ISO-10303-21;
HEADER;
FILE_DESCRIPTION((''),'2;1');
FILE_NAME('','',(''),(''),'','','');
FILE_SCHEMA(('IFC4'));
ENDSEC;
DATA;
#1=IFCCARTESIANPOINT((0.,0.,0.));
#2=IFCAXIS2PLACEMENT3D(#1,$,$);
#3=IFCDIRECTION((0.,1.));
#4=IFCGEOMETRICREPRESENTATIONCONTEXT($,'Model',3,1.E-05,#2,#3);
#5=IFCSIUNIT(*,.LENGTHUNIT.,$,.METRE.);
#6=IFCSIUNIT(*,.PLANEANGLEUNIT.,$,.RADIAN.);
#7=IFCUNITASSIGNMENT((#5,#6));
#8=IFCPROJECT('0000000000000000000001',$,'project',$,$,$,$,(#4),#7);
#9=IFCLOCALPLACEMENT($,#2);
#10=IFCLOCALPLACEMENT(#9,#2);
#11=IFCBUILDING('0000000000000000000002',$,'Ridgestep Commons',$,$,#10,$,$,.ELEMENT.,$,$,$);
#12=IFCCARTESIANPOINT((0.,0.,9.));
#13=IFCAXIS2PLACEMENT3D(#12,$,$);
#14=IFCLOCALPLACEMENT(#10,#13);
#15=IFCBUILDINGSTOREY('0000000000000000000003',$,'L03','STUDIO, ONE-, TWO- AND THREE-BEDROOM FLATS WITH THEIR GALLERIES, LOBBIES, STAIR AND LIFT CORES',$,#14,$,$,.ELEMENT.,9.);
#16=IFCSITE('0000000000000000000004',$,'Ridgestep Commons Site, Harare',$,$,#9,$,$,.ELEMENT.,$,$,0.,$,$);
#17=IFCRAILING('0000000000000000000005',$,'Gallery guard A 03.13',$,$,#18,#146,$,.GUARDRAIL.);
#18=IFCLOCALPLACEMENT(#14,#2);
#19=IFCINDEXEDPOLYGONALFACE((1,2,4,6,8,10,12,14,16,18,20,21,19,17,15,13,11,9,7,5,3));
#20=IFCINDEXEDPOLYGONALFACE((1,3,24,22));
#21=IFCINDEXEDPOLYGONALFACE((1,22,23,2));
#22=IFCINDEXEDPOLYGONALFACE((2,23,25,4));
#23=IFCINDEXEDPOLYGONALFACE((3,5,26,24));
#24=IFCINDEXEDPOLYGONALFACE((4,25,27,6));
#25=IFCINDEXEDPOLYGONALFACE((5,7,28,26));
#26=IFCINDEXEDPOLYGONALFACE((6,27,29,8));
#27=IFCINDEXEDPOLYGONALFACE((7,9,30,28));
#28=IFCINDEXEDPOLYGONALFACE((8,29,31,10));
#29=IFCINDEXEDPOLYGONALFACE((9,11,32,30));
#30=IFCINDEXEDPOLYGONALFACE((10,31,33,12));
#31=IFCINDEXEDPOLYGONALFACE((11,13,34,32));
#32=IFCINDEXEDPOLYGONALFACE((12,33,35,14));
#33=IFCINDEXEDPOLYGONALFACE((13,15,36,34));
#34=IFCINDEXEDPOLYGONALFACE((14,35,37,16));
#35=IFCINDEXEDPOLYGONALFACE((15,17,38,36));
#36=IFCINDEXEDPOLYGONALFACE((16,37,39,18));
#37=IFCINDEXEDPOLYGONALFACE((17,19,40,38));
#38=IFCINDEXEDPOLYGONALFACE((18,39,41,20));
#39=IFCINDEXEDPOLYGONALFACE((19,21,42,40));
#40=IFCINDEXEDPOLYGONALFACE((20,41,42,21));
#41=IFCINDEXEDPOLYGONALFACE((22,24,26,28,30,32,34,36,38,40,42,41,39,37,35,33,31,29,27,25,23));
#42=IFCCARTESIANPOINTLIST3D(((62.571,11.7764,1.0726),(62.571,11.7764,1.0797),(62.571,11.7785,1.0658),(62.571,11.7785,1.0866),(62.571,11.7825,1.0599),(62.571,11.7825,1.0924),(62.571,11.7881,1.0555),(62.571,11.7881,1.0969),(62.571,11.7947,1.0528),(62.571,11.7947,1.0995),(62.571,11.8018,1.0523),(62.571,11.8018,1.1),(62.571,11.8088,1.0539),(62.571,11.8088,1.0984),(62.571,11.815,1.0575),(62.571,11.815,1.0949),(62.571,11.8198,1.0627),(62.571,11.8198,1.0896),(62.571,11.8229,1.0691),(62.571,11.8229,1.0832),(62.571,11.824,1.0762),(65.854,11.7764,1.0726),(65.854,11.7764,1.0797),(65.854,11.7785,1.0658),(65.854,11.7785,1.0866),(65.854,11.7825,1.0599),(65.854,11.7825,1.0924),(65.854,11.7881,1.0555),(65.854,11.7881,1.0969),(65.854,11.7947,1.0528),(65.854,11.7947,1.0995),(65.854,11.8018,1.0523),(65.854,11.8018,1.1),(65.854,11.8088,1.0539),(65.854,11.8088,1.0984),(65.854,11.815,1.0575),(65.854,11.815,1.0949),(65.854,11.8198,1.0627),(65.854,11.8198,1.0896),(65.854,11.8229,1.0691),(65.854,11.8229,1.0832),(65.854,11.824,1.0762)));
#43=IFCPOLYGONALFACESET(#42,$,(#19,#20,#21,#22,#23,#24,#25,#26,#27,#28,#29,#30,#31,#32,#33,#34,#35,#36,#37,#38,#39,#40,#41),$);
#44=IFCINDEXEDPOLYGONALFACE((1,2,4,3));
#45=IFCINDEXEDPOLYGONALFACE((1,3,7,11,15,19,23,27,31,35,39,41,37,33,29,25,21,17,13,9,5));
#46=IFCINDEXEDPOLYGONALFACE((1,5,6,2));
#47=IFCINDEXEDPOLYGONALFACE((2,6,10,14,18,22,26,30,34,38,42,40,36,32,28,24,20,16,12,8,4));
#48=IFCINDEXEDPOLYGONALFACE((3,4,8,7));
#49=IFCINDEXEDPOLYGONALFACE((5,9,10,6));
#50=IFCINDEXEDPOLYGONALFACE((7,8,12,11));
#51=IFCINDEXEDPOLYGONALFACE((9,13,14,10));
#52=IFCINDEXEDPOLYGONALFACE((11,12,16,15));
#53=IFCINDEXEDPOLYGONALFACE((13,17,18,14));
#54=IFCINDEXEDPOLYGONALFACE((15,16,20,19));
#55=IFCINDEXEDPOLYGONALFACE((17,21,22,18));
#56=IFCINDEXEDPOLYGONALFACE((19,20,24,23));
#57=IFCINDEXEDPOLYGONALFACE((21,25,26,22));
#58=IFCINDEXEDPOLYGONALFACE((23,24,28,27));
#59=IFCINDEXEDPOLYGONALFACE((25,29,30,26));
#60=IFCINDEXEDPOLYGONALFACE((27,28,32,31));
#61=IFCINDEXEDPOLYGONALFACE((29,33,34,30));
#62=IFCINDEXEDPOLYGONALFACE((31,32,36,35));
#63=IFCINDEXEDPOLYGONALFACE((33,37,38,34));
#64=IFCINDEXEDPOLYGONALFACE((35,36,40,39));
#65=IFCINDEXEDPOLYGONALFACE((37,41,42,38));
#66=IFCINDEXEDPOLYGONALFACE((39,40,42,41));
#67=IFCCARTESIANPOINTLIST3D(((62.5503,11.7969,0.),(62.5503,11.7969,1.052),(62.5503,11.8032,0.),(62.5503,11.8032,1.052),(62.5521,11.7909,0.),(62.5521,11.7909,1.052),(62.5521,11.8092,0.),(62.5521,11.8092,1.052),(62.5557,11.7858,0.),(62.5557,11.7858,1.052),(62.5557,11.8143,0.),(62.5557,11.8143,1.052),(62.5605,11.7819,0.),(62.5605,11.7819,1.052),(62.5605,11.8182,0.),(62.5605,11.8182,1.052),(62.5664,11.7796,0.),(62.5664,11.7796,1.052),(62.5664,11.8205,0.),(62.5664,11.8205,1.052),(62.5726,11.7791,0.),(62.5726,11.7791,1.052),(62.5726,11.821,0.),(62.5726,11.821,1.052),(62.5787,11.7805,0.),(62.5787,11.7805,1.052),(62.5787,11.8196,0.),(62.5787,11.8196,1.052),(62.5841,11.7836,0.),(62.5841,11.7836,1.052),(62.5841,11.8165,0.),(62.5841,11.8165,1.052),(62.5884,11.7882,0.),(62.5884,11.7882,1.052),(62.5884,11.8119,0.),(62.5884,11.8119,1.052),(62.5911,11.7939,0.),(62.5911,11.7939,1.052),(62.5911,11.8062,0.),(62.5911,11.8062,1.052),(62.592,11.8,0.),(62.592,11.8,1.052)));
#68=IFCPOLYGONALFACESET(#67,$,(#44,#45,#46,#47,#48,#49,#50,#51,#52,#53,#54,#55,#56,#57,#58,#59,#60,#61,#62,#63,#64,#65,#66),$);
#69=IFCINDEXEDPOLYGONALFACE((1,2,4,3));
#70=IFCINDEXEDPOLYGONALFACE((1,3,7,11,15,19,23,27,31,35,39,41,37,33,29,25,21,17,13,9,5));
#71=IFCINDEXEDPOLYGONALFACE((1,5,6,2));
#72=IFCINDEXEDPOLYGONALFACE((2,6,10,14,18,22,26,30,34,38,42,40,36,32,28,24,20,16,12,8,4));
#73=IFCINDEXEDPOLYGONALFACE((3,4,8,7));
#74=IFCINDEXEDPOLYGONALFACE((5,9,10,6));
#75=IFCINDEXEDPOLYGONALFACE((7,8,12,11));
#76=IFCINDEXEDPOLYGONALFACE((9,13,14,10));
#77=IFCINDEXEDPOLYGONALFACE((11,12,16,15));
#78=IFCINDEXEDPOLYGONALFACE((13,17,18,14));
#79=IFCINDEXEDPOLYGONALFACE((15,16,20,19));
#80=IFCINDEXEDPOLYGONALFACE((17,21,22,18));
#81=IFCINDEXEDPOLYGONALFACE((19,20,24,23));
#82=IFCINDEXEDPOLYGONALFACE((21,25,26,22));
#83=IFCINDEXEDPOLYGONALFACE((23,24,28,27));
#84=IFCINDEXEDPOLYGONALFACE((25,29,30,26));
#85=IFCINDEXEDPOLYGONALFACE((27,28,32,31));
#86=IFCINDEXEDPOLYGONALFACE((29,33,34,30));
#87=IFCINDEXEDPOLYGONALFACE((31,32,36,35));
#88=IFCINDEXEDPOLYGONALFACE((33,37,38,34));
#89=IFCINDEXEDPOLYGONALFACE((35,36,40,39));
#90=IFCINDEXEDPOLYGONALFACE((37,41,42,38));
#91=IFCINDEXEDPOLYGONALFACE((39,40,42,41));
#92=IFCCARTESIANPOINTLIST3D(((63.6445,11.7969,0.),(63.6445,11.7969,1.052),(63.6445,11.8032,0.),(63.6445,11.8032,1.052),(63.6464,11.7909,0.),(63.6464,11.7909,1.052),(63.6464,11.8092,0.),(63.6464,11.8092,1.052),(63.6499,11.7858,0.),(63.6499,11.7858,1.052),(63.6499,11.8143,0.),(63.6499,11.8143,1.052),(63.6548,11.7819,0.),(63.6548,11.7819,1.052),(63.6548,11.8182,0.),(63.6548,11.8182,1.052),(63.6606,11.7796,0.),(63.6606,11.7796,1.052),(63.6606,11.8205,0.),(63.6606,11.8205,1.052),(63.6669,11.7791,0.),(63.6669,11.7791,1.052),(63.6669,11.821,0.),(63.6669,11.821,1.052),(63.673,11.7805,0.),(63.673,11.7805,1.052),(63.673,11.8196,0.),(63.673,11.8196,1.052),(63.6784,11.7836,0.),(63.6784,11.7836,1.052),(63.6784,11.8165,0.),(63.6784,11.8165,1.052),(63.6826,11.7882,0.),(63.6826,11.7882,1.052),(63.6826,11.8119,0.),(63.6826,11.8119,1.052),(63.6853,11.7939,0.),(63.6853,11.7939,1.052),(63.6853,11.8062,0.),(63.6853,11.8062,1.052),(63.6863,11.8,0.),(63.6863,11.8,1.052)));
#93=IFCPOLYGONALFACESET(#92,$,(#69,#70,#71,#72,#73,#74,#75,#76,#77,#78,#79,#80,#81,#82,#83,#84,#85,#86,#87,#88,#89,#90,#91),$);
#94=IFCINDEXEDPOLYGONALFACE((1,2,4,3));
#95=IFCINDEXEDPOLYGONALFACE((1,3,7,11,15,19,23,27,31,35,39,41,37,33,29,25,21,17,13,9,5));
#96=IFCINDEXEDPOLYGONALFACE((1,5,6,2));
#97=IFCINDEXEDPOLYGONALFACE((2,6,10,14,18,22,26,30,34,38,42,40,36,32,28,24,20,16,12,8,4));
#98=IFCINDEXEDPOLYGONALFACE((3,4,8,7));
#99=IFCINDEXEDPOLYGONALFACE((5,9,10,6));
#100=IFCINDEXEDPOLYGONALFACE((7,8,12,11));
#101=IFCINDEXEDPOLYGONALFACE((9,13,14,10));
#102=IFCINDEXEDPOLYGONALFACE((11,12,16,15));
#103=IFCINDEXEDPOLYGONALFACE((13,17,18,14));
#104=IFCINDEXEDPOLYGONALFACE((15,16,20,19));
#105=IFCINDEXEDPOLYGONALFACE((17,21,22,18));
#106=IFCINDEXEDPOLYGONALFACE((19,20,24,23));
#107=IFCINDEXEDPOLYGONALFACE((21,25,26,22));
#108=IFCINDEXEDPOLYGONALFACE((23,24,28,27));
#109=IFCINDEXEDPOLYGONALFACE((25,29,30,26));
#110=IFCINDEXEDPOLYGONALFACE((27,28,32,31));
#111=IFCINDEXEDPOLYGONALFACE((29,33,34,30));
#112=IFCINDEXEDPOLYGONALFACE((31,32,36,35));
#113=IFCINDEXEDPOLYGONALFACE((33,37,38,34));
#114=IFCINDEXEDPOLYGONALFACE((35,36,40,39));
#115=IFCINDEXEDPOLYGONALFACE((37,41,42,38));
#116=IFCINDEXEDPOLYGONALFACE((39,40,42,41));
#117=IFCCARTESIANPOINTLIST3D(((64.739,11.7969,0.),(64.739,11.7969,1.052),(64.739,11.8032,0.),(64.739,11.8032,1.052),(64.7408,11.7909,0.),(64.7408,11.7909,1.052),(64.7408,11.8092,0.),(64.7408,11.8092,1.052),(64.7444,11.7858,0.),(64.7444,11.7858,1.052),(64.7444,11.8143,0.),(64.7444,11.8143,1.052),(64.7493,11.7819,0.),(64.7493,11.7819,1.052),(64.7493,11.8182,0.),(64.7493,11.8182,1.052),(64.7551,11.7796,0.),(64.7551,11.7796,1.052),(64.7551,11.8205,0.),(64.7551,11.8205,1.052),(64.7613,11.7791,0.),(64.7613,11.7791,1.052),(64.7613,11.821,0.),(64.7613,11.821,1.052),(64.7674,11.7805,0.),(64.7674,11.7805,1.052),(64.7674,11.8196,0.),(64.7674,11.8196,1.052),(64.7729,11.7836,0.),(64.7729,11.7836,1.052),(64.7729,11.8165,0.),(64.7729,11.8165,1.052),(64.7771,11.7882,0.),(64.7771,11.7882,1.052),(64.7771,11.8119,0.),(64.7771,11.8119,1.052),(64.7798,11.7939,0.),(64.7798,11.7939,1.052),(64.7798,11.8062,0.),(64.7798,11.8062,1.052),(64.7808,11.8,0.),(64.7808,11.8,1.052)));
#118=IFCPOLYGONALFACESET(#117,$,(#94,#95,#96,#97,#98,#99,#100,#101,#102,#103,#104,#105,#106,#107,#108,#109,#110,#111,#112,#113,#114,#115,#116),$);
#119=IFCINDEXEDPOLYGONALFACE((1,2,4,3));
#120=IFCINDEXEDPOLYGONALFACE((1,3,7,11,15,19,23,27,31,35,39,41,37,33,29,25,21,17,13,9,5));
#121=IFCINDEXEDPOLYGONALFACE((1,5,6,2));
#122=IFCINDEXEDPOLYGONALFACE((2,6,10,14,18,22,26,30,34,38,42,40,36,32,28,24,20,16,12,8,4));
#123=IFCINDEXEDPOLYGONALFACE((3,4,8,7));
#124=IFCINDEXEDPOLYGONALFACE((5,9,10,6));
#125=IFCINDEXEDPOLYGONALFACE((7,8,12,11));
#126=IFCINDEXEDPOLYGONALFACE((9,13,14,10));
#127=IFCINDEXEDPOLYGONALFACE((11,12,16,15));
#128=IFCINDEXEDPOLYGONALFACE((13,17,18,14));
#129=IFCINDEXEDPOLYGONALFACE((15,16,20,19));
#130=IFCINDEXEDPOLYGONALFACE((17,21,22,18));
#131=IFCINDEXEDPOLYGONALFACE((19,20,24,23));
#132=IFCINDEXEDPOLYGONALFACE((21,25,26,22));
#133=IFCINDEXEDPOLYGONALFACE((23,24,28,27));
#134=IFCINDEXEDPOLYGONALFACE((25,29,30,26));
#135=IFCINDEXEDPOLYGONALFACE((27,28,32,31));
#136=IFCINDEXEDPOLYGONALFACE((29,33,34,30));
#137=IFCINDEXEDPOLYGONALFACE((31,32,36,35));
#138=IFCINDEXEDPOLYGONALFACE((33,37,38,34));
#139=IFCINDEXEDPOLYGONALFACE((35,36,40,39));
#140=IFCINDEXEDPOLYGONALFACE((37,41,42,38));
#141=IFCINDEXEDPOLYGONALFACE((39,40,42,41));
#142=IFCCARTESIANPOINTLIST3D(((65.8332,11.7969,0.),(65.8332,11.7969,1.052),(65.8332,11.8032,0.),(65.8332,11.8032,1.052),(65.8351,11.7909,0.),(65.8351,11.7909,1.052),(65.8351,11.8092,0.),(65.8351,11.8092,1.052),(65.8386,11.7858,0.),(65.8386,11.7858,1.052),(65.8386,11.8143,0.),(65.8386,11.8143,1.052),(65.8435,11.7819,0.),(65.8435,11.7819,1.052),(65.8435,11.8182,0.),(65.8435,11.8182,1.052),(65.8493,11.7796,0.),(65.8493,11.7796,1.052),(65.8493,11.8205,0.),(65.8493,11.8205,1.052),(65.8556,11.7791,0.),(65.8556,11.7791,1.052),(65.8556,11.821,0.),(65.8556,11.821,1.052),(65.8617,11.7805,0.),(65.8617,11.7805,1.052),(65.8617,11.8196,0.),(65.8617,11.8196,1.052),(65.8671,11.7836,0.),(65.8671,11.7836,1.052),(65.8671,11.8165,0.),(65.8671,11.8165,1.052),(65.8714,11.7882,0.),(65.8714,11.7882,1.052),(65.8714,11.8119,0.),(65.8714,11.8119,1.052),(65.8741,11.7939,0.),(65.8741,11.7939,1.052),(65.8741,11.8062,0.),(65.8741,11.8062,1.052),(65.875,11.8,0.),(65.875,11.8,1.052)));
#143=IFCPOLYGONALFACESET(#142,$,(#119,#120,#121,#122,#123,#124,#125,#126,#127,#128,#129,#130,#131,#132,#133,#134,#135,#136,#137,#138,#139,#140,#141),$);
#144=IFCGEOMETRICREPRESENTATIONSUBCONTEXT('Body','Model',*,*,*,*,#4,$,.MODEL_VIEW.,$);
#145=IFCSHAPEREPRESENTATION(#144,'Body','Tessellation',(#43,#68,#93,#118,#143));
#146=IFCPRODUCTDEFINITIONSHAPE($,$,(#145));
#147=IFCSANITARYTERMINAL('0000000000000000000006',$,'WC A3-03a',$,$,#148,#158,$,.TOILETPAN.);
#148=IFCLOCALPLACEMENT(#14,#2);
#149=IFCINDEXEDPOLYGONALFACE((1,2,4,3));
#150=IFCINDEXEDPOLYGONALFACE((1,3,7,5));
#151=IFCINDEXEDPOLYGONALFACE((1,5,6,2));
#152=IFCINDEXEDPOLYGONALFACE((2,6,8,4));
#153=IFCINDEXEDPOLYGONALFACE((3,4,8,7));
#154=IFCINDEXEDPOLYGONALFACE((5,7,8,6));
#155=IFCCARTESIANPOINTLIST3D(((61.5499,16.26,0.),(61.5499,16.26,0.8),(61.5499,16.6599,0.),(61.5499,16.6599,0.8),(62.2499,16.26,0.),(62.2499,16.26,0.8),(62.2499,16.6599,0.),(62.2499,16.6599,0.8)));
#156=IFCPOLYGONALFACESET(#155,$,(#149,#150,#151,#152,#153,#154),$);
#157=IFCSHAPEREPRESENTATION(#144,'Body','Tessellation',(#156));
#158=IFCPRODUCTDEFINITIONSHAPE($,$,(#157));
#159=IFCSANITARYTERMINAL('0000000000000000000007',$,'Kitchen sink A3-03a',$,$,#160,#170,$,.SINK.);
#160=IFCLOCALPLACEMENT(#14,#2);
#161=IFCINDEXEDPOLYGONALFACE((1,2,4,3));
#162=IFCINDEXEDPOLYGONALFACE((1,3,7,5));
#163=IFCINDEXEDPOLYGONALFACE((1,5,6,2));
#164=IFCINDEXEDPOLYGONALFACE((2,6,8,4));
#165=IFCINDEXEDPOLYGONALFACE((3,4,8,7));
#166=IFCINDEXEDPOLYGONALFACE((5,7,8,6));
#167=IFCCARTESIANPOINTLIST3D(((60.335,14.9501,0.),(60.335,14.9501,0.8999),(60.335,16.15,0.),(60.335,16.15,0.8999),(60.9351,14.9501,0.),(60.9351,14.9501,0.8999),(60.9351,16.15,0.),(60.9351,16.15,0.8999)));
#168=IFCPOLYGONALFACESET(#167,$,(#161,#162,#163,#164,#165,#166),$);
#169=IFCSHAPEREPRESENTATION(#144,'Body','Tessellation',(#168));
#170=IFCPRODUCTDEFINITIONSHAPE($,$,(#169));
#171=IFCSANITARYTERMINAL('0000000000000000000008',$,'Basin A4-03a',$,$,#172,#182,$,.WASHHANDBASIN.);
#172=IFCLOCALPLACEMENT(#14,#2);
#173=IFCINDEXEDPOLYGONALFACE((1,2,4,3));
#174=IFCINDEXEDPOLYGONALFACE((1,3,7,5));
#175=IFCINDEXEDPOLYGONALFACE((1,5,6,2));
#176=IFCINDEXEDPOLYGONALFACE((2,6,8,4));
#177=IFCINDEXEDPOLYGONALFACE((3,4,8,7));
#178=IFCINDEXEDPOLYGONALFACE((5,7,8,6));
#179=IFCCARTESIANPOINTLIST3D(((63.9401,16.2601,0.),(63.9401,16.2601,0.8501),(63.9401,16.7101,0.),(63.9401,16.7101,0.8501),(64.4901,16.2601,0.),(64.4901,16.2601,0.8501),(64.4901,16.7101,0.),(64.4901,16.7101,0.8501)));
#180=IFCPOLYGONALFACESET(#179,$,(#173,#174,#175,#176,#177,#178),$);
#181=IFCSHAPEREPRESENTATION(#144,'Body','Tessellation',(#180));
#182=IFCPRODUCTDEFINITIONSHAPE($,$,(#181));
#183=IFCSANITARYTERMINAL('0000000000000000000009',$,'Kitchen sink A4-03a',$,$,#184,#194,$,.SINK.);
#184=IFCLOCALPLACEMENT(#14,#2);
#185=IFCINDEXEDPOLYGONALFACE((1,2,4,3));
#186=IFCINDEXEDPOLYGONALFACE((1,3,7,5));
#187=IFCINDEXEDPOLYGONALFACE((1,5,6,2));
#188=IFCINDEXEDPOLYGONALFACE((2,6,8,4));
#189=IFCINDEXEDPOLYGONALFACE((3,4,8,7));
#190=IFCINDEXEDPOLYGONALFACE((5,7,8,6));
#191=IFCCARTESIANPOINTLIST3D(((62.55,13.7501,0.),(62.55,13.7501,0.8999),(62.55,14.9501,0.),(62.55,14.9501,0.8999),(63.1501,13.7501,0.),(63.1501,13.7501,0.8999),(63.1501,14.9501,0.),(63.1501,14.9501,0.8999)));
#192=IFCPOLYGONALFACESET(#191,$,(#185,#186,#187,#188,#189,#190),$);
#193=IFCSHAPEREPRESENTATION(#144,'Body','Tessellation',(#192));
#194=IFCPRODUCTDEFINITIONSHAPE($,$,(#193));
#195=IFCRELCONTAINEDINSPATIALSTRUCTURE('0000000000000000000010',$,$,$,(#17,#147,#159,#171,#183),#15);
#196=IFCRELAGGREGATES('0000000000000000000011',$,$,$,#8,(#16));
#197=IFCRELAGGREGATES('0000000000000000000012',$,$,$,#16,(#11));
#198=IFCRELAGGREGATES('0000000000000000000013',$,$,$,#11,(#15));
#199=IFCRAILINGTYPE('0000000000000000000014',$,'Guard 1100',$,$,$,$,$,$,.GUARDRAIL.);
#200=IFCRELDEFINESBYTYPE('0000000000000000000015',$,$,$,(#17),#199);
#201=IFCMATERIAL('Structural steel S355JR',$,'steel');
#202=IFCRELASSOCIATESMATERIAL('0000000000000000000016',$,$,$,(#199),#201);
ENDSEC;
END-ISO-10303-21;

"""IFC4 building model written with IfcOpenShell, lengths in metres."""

from ifc_helpers import new_model, si_unit, direction, frame, origin, origin_2d, place, context, subcontext, project, spatial, rectangle, circle, extrude, material, type_object, element, save


model = new_model("IFC4")

# Units and contexts
model_context = context("Model", 3, precision=1e-05, world=origin(), true_north=direction((0.0, 1.0)))
body_context = subcontext(model_context, "Body", "Model", "MODEL_VIEW")
ifc_project = project(units=[si_unit("LENGTHUNIT", "METRE"), si_unit("PLANEANGLEUNIT", "RADIAN")], contexts=[model_context])

# Site, building, storey
site_placement = place(None, origin())
site = spatial("IfcSite", under=ifc_project, at=site_placement, Name="Ridgestep Commons Site, Harare", CompositionType="ELEMENT", RefElevation=0.0)
building_placement = place(site_placement, origin())
building = spatial("IfcBuilding", under=site, at=building_placement, Name="Ridgestep Commons", CompositionType="ELEMENT")
storey_placement = place(building_placement, frame((0.0, 0.0, 9.0)))
storey = spatial("IfcBuildingStorey", under=building, at=storey_placement, Name="L03", Description="STUDIO, ONE-, TWO- AND THREE-BEDROOM FLATS WITH THEIR GALLERIES, LOBBIES, STAIR AND LIFT CORES", CompositionType="ELEMENT", Elevation=9.0)

# Railing
ifc_material_1 = material(Name="Structural steel S355JR", Category="steel")
railing_type = type_object("IfcRailingType", Name="Guard 1100", PredefinedType="GUARDRAIL", material=ifc_material_1)
railing_placement = place(storey_placement, frame((62.571, 11.8, 0.0)))
element("IfcRailing", 1, at=railing_placement, inside=storey, type_object=railing_type, Name="Gallery guard A 03.13", PredefinedType="GUARDRAIL", context=body_context, shape_type="SweptSolid", body=[
    extrude(circle(Radius=0.0239, at=origin_2d()), frame((0.0, 0.0, 1.0762), z_axis=(1.0, 0.0, 0.0), x_axis=(0.0, 1.0, 0.0)), (0.0, 0.0, 1.0), 3.283),
    extrude(circle(Radius=0.021, at=origin_2d()), origin(), (0.0, 0.0, 1.0), 1.052),
    extrude(circle(Radius=0.021, at=origin_2d()), frame((1.0942, 0.0, 0.0)), (0.0, 0.0, 1.0), 1.052),
    extrude(circle(Radius=0.021, at=origin_2d()), frame((2.1887, 0.0, 0.0)), (0.0, 0.0, 1.0), 1.052),
    extrude(circle(Radius=0.021, at=origin_2d()), frame((3.283, 0.0, 0.0)), (0.0, 0.0, 1.0), 1.052),
])

# Sanitary terminals
sanitary_terminal_1_placement = place(storey_placement, frame((61.8999, 16.46, 0.0), z_axis=(0.0, 0.0, 1.0), x_axis=(1.0, 0.0, 0.0)))
element("IfcSanitaryTerminal", 2, at=sanitary_terminal_1_placement, inside=storey, Name="WC A3-03a", PredefinedType="TOILETPAN", context=body_context, shape_type="SweptSolid", body=[
    extrude(rectangle(XDim=0.7, YDim=0.3999, at=origin_2d()), origin(), (0.0, 0.0, 1.0), 0.8),
])
sanitary_terminal_2_placement = place(storey_placement, frame((60.635, 15.55, 0.0), z_axis=(0.0, 0.0, 1.0), x_axis=(1.0, 0.0, 0.0)))
element("IfcSanitaryTerminal", 3, at=sanitary_terminal_2_placement, inside=storey, Name="Kitchen sink A3-03a", PredefinedType="SINK", context=body_context, shape_type="SweptSolid", body=[
    extrude(rectangle(XDim=0.6001, YDim=1.2, at=origin_2d()), origin(), (0.0, 0.0, 1.0), 0.8999),
])
sanitary_terminal_3_placement = place(storey_placement, frame((64.2151, 16.4851, 0.0), z_axis=(0.0, 0.0, 1.0), x_axis=(1.0, 0.0, 0.0)))
element("IfcSanitaryTerminal", 4, at=sanitary_terminal_3_placement, inside=storey, Name="Basin A4-03a", PredefinedType="WASHHANDBASIN", context=body_context, shape_type="SweptSolid", body=[
    extrude(rectangle(XDim=0.55, YDim=0.45, at=origin_2d()), origin(), (0.0, 0.0, 1.0), 0.8501),
])
sanitary_terminal_4_placement = place(storey_placement, frame((62.8501, 14.3501, 0.0), z_axis=(0.0, 0.0, 1.0), x_axis=(1.0, 0.0, 0.0)))
element("IfcSanitaryTerminal", 5, at=sanitary_terminal_4_placement, inside=storey, Name="Kitchen sink A4-03a", PredefinedType="SINK", context=body_context, shape_type="SweptSolid", body=[
    extrude(rectangle(XDim=0.6001, YDim=1.2, at=origin_2d()), origin(), (0.0, 0.0, 1.0), 0.8999),
])

save(model, "model.ifc")
